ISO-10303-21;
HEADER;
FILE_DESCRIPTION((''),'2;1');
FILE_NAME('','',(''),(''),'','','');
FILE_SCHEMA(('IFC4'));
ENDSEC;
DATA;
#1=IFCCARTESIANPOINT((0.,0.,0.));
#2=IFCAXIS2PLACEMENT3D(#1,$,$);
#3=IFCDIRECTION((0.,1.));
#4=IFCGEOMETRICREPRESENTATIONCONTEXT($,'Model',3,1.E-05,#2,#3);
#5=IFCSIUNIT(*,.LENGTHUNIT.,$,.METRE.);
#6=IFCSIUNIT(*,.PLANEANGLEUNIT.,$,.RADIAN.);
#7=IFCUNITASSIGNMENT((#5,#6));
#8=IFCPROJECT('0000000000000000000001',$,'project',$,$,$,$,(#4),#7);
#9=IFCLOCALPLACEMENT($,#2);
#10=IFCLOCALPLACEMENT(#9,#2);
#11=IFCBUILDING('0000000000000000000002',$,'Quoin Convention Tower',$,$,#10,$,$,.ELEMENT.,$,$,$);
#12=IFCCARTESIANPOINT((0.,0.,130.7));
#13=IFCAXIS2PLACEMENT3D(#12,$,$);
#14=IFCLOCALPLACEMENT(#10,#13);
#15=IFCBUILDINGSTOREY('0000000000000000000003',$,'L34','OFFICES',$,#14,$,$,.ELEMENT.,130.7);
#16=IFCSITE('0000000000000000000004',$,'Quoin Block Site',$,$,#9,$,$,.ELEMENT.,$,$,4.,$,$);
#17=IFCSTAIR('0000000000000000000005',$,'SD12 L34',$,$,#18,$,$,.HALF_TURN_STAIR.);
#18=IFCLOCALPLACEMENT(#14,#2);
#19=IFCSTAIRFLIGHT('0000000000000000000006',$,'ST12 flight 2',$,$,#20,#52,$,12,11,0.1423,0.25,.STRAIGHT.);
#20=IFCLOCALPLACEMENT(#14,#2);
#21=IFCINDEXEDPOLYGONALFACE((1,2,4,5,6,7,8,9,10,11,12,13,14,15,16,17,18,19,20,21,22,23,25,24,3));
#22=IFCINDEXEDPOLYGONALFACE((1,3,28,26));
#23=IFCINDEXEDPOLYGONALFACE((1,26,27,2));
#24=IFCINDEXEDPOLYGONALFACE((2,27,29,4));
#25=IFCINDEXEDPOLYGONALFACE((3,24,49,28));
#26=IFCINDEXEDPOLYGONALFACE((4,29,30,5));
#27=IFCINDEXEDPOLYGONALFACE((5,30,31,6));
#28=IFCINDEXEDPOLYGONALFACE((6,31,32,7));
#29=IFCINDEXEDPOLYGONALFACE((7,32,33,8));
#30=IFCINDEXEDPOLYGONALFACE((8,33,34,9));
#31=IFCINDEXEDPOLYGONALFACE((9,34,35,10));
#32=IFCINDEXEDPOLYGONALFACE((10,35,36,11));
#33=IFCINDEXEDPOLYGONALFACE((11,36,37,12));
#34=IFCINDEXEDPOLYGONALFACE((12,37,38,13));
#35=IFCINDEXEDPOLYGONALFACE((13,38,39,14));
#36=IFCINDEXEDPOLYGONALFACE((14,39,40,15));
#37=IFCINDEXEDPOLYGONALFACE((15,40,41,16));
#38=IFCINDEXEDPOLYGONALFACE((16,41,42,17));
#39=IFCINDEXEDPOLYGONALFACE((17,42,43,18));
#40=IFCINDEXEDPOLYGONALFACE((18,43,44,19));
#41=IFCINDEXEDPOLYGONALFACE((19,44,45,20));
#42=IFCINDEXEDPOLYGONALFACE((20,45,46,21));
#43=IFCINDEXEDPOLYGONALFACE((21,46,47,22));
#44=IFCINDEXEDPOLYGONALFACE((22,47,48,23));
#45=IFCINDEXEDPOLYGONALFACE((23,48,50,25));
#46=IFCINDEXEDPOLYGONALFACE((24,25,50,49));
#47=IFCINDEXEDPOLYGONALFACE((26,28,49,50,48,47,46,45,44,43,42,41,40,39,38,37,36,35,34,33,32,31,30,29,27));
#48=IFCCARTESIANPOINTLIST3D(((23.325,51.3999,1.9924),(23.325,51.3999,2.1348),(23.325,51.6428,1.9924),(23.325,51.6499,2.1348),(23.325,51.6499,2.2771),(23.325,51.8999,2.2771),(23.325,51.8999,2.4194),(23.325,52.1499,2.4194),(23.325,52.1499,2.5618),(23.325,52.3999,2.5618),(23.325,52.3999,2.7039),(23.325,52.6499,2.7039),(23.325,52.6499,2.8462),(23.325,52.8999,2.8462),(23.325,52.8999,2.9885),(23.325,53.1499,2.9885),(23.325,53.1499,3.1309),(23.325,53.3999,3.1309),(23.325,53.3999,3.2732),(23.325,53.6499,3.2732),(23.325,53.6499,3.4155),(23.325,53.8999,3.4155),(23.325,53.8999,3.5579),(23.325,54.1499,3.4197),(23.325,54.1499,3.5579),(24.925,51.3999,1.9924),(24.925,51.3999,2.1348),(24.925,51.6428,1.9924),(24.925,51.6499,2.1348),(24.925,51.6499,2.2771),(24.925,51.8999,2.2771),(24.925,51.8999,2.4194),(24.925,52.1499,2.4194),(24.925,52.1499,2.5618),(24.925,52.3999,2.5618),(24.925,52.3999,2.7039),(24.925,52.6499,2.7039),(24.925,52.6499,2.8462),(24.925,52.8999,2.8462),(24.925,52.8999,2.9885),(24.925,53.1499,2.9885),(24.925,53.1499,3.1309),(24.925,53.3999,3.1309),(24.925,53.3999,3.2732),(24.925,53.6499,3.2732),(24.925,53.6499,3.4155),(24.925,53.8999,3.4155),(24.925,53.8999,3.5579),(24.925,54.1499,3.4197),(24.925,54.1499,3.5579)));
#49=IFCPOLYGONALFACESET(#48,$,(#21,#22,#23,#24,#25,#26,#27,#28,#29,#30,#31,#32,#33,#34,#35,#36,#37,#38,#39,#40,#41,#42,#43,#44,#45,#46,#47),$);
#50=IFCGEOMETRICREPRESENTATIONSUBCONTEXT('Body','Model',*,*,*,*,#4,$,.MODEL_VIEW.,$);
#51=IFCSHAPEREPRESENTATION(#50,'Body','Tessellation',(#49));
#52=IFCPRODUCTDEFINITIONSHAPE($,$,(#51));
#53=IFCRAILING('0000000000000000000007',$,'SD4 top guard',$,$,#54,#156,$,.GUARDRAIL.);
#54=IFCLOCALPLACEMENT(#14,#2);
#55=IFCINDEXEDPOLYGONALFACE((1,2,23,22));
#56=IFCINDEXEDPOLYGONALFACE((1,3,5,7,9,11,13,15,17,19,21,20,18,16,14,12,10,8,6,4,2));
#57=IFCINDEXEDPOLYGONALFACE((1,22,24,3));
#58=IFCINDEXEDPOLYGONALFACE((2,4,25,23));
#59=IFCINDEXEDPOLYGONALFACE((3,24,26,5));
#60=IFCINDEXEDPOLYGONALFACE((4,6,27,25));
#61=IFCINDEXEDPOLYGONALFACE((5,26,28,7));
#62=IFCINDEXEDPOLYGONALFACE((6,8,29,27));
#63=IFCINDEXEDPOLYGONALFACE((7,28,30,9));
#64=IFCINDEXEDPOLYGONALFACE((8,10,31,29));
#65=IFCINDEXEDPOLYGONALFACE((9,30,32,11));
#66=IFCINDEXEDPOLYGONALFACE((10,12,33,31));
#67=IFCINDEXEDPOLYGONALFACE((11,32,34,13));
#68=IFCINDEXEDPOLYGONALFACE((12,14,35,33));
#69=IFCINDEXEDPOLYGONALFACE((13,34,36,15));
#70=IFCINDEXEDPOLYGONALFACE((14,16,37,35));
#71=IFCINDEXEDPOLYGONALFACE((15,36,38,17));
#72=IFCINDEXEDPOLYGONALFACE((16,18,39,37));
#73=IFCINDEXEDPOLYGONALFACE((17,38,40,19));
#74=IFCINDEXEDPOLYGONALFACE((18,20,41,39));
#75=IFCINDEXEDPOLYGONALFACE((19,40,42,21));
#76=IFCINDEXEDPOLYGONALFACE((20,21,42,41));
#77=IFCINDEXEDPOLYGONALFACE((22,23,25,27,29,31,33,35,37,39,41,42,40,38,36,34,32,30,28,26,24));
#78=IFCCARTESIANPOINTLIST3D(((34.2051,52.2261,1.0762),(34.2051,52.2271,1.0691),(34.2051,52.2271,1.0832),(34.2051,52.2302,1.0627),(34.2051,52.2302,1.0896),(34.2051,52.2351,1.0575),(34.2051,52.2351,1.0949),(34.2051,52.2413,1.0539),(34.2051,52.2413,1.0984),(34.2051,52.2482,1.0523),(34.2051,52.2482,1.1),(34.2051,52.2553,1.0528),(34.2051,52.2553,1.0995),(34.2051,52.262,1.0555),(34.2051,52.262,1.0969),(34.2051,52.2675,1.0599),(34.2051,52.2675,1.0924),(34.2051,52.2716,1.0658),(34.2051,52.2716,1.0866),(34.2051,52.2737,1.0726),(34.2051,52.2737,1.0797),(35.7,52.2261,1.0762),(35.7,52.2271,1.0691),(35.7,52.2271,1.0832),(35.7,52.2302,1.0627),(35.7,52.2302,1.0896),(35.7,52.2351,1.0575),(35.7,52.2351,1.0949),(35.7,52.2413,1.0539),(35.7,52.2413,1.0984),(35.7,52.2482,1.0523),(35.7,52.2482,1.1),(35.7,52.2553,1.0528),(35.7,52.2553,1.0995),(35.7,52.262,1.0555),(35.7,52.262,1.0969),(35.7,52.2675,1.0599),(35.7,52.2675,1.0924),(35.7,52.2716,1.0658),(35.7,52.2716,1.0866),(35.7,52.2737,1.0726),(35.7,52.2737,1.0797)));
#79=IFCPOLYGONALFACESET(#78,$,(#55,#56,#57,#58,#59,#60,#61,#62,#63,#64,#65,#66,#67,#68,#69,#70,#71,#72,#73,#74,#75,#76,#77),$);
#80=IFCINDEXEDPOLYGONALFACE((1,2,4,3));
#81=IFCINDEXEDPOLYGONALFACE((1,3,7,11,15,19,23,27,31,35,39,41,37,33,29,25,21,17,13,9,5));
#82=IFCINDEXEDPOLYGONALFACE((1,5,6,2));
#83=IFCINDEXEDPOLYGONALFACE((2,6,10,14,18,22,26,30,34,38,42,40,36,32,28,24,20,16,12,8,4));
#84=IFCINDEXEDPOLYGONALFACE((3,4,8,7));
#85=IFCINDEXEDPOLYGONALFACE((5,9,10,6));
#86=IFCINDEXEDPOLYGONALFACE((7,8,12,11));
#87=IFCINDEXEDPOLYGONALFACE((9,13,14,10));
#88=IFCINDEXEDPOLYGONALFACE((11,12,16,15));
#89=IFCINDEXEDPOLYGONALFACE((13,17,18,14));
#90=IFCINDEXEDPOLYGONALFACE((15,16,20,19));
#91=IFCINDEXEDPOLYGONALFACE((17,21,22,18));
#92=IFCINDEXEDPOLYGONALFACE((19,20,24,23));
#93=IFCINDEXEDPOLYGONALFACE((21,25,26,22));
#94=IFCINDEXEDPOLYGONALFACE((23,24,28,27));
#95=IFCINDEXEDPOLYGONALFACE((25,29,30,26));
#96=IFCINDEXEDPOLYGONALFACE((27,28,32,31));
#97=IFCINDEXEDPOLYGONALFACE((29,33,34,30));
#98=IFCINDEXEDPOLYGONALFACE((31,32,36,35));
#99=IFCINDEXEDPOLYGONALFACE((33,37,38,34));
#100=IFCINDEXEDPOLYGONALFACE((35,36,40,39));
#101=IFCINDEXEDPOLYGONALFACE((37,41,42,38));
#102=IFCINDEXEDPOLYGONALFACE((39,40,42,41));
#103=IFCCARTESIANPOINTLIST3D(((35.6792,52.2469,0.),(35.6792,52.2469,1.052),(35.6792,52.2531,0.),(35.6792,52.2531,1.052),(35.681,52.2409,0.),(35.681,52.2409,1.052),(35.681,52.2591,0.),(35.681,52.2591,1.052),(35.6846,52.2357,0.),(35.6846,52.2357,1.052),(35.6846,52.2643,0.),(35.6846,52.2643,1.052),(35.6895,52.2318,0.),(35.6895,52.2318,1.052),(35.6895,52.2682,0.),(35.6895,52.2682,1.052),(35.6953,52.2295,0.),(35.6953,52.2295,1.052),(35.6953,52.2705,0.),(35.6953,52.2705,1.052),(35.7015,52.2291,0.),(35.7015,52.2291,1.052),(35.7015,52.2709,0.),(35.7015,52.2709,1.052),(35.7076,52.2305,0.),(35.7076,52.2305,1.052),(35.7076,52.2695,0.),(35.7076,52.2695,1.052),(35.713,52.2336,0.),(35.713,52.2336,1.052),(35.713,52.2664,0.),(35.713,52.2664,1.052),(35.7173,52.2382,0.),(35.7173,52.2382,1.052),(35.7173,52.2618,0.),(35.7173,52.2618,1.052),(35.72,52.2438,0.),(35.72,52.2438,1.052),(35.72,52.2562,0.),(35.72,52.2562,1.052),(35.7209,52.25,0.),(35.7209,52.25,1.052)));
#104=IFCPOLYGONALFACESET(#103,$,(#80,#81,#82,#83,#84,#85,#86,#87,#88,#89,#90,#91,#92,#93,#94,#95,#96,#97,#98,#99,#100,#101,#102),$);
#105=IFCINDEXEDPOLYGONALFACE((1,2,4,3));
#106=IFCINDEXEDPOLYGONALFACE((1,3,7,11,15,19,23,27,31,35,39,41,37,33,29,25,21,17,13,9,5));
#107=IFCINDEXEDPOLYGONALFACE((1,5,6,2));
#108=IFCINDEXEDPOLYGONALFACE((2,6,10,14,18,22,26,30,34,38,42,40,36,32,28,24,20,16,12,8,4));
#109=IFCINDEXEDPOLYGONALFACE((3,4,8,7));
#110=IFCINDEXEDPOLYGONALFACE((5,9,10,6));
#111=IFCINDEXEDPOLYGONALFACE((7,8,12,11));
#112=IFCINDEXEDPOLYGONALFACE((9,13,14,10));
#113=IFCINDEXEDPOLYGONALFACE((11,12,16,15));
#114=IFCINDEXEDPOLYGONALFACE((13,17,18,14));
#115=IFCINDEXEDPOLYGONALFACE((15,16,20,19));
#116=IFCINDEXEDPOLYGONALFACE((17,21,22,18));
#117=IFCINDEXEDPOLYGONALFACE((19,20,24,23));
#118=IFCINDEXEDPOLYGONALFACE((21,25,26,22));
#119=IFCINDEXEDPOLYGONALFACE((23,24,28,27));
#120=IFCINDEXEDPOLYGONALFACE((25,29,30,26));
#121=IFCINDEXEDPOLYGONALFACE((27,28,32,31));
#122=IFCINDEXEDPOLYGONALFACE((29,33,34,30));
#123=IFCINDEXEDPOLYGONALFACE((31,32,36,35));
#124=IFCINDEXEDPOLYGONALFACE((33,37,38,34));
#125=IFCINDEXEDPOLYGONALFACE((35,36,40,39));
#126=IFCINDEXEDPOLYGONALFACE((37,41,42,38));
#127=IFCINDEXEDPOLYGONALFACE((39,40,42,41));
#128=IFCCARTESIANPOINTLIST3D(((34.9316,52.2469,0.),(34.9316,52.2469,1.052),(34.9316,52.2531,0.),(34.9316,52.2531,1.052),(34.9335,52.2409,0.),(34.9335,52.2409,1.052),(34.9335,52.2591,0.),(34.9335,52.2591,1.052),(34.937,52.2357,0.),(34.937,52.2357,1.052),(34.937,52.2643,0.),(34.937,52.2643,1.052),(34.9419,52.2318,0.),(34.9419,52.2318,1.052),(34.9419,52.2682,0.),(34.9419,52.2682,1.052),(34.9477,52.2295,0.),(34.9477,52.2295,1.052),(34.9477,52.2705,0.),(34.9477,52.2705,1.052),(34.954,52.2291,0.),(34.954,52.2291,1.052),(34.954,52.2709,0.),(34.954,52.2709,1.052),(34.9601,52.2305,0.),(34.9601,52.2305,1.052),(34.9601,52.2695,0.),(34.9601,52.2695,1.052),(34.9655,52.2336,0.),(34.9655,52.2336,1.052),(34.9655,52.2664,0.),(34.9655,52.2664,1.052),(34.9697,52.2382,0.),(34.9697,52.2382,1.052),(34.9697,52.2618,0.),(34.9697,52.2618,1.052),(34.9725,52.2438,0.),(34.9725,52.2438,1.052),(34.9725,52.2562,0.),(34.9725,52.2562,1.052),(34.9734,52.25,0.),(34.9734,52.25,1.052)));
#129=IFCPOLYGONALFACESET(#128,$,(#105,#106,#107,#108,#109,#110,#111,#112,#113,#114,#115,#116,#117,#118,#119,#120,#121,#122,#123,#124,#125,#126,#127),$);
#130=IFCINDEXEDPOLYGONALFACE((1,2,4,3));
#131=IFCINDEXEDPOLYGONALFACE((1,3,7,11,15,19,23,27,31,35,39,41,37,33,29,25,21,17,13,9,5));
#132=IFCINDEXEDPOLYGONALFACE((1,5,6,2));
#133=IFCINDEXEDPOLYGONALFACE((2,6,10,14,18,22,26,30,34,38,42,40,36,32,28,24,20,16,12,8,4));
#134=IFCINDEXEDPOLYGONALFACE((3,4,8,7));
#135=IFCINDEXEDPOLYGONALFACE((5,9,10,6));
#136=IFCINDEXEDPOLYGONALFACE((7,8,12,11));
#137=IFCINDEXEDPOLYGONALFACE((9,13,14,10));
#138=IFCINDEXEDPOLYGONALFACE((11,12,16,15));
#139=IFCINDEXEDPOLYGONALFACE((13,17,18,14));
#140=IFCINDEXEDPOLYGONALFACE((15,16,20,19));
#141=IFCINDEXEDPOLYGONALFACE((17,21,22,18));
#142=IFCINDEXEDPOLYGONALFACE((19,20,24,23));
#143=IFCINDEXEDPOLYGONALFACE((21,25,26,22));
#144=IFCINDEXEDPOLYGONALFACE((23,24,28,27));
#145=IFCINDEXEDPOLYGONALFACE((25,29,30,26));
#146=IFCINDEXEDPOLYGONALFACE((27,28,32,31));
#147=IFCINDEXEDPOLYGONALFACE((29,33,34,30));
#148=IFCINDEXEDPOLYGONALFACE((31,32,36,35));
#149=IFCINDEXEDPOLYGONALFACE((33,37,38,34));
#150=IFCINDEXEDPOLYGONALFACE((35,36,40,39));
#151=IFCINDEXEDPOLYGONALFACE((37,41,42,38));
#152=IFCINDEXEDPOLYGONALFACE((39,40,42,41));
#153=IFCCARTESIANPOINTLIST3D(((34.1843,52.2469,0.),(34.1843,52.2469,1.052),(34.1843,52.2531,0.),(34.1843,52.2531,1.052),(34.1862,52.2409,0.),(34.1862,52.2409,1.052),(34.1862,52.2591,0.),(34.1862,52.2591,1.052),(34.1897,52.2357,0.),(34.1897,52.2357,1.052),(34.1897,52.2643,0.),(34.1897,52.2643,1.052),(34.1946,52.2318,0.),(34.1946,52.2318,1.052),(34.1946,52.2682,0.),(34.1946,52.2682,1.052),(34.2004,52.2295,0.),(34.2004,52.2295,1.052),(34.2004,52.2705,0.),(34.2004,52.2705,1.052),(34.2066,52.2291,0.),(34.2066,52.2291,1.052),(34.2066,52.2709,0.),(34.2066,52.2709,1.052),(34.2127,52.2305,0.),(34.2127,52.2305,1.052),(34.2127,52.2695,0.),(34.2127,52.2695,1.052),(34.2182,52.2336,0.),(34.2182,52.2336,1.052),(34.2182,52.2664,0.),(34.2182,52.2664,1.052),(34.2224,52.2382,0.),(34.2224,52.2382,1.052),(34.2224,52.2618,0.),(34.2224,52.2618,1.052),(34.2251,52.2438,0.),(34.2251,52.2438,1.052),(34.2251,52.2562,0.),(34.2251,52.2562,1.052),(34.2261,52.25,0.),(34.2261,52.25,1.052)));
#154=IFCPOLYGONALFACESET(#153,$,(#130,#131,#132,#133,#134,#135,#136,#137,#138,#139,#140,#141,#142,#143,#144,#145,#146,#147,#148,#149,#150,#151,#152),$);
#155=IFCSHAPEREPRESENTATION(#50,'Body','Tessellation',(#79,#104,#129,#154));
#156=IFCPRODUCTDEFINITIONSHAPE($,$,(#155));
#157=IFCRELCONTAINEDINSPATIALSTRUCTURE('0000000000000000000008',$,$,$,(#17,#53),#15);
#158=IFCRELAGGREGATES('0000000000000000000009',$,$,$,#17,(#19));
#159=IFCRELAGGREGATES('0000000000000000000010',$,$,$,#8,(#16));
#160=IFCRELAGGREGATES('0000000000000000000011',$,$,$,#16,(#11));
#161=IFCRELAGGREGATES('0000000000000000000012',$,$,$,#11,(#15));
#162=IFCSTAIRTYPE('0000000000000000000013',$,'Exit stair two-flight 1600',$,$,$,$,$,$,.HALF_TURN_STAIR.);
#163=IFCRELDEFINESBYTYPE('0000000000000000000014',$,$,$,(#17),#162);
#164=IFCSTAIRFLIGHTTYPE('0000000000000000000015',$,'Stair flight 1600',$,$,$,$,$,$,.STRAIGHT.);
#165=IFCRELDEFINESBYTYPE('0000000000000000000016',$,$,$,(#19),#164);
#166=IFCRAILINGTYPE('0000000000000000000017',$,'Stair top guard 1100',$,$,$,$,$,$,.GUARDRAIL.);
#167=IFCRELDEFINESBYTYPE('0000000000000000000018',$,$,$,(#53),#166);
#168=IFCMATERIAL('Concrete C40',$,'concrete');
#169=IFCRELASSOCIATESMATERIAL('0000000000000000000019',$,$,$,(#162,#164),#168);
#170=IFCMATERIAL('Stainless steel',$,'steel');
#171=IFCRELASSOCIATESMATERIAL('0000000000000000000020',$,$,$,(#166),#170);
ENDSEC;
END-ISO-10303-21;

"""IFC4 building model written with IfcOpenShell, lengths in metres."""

from ifc_helpers import new_model, si_unit, direction, frame, origin, origin_2d, place, context, subcontext, project, spatial, polyline, circle, outline, extrude, material, type_object, element, aggregate, save


model = new_model("IFC4")

# Units and contexts
model_context = context("Model", 3, precision=1e-05, world=origin(), true_north=direction((0.0, 1.0)))
body_context = subcontext(model_context, "Body", "Model", "MODEL_VIEW")
ifc_project = project(units=[si_unit("LENGTHUNIT", "METRE"), si_unit("PLANEANGLEUNIT", "RADIAN")], contexts=[model_context])

# Site, building, storey
site_placement = place(None, origin())
site = spatial("IfcSite", under=ifc_project, at=site_placement, Name="Quoin Block Site", CompositionType="ELEMENT", RefElevation=4.0)
building_placement = place(site_placement, origin())
building = spatial("IfcBuilding", under=site, at=building_placement, Name="Quoin Convention Tower", CompositionType="ELEMENT")
storey_placement = place(building_placement, frame((0.0, 0.0, 130.7)))
storey = spatial("IfcBuildingStorey", under=building, at=storey_placement, Name="L34", Description="OFFICES", CompositionType="ELEMENT", Elevation=130.7)

# Shared definitions
ifc_material_1 = material(Name="Concrete C40", Category="concrete")

# Stair, stair flight
stair_type_1 = type_object("IfcStairType", Name="Exit stair two-flight 1600", PredefinedType="HALF_TURN_STAIR", material=ifc_material_1)
stair_flight_type_1 = type_object("IfcStairFlightType", Name="Stair flight 1600", PredefinedType="STRAIGHT", material=ifc_material_1)
stair_1_placement = place(storey_placement, origin())
stair_1 = element("IfcStair", 1, at=stair_1_placement, inside=storey, type_object=stair_type_1, Name="SD12 L34", PredefinedType="HALF_TURN_STAIR")
stair_flight_1_placement = place(storey_placement, frame((24.125, 51.3999, 1.9924), z_axis=(0.0, 0.0, 1.0), x_axis=(0.0, 1.0, 0.0)))
stair_flight_1 = element("IfcStairFlight", 2, at=stair_flight_1_placement, type_object=stair_flight_type_1, Name="ST12 flight 2", NumberOfRisers=12, NumberOfTreads=11, PredefinedType="STRAIGHT", RiserHeight=0.1423, TreadLength=0.25, context=body_context, shape_type="SweptSolid", body=[
    extrude(outline(polyline([(0.0, 0.0), (0.0, 0.1423), (0.25, 0.1423), (0.25, 0.2847), (0.5, 0.2847), (0.5, 0.427), (0.75, 0.427), (0.75, 0.5693), (1.0, 0.5693), (1.0, 0.7114), (1.25, 0.7114), (1.25, 0.8538), (1.5, 0.8538), (1.5, 0.9961), (1.75, 0.9961), (1.75, 1.1384), (2.0, 1.1384), (2.0, 1.2808), (2.25, 1.2808), (2.25, 1.4231), (2.5, 1.4231), (2.5, 1.5654), (2.75, 1.5654), (2.75, 1.7078), (2.75, 1.4272), (0.2429, 0.0), (0.0, 0.0)])), frame((0.0, 0.8, 0.0), z_axis=(0.0, -1.0, 0.0), x_axis=(1.0, 0.0, 0.0)), (0.0, 0.0, 1.0), 1.6001),
])
aggregate(stair_1, [stair_flight_1])

# Railing
ifc_material_2 = material(Name="Stainless steel", Category="steel")
railing_type_1 = type_object("IfcRailingType", Name="Stair top guard 1100", PredefinedType="GUARDRAIL", material=ifc_material_2)
railing_1_placement = place(storey_placement, frame((35.7, 52.25, 0.0)))
element("IfcRailing", 3, at=railing_1_placement, inside=storey, type_object=railing_type_1, Name="SD4 top guard", PredefinedType="GUARDRAIL", context=body_context, shape_type="SweptSolid", body=[
    extrude(circle(Radius=0.0239, at=origin_2d()), frame((0.0, 0.0, 1.0762), z_axis=(-1.0, 0.0, 0.0), x_axis=(0.0, -1.0, 0.0)), (0.0, 0.0, 1.0), 1.4949),
    extrude(circle(Radius=0.021, at=origin_2d()), origin(), (0.0, 0.0, 1.0), 1.052),
    extrude(circle(Radius=0.021, at=origin_2d()), frame((-0.7476, 0.0, 0.0)), (0.0, 0.0, 1.0), 1.052),
    extrude(circle(Radius=0.021, at=origin_2d()), frame((-1.4949, 0.0, 0.0)), (0.0, 0.0, 1.0), 1.052),
])

save(model, "model.ifc")
